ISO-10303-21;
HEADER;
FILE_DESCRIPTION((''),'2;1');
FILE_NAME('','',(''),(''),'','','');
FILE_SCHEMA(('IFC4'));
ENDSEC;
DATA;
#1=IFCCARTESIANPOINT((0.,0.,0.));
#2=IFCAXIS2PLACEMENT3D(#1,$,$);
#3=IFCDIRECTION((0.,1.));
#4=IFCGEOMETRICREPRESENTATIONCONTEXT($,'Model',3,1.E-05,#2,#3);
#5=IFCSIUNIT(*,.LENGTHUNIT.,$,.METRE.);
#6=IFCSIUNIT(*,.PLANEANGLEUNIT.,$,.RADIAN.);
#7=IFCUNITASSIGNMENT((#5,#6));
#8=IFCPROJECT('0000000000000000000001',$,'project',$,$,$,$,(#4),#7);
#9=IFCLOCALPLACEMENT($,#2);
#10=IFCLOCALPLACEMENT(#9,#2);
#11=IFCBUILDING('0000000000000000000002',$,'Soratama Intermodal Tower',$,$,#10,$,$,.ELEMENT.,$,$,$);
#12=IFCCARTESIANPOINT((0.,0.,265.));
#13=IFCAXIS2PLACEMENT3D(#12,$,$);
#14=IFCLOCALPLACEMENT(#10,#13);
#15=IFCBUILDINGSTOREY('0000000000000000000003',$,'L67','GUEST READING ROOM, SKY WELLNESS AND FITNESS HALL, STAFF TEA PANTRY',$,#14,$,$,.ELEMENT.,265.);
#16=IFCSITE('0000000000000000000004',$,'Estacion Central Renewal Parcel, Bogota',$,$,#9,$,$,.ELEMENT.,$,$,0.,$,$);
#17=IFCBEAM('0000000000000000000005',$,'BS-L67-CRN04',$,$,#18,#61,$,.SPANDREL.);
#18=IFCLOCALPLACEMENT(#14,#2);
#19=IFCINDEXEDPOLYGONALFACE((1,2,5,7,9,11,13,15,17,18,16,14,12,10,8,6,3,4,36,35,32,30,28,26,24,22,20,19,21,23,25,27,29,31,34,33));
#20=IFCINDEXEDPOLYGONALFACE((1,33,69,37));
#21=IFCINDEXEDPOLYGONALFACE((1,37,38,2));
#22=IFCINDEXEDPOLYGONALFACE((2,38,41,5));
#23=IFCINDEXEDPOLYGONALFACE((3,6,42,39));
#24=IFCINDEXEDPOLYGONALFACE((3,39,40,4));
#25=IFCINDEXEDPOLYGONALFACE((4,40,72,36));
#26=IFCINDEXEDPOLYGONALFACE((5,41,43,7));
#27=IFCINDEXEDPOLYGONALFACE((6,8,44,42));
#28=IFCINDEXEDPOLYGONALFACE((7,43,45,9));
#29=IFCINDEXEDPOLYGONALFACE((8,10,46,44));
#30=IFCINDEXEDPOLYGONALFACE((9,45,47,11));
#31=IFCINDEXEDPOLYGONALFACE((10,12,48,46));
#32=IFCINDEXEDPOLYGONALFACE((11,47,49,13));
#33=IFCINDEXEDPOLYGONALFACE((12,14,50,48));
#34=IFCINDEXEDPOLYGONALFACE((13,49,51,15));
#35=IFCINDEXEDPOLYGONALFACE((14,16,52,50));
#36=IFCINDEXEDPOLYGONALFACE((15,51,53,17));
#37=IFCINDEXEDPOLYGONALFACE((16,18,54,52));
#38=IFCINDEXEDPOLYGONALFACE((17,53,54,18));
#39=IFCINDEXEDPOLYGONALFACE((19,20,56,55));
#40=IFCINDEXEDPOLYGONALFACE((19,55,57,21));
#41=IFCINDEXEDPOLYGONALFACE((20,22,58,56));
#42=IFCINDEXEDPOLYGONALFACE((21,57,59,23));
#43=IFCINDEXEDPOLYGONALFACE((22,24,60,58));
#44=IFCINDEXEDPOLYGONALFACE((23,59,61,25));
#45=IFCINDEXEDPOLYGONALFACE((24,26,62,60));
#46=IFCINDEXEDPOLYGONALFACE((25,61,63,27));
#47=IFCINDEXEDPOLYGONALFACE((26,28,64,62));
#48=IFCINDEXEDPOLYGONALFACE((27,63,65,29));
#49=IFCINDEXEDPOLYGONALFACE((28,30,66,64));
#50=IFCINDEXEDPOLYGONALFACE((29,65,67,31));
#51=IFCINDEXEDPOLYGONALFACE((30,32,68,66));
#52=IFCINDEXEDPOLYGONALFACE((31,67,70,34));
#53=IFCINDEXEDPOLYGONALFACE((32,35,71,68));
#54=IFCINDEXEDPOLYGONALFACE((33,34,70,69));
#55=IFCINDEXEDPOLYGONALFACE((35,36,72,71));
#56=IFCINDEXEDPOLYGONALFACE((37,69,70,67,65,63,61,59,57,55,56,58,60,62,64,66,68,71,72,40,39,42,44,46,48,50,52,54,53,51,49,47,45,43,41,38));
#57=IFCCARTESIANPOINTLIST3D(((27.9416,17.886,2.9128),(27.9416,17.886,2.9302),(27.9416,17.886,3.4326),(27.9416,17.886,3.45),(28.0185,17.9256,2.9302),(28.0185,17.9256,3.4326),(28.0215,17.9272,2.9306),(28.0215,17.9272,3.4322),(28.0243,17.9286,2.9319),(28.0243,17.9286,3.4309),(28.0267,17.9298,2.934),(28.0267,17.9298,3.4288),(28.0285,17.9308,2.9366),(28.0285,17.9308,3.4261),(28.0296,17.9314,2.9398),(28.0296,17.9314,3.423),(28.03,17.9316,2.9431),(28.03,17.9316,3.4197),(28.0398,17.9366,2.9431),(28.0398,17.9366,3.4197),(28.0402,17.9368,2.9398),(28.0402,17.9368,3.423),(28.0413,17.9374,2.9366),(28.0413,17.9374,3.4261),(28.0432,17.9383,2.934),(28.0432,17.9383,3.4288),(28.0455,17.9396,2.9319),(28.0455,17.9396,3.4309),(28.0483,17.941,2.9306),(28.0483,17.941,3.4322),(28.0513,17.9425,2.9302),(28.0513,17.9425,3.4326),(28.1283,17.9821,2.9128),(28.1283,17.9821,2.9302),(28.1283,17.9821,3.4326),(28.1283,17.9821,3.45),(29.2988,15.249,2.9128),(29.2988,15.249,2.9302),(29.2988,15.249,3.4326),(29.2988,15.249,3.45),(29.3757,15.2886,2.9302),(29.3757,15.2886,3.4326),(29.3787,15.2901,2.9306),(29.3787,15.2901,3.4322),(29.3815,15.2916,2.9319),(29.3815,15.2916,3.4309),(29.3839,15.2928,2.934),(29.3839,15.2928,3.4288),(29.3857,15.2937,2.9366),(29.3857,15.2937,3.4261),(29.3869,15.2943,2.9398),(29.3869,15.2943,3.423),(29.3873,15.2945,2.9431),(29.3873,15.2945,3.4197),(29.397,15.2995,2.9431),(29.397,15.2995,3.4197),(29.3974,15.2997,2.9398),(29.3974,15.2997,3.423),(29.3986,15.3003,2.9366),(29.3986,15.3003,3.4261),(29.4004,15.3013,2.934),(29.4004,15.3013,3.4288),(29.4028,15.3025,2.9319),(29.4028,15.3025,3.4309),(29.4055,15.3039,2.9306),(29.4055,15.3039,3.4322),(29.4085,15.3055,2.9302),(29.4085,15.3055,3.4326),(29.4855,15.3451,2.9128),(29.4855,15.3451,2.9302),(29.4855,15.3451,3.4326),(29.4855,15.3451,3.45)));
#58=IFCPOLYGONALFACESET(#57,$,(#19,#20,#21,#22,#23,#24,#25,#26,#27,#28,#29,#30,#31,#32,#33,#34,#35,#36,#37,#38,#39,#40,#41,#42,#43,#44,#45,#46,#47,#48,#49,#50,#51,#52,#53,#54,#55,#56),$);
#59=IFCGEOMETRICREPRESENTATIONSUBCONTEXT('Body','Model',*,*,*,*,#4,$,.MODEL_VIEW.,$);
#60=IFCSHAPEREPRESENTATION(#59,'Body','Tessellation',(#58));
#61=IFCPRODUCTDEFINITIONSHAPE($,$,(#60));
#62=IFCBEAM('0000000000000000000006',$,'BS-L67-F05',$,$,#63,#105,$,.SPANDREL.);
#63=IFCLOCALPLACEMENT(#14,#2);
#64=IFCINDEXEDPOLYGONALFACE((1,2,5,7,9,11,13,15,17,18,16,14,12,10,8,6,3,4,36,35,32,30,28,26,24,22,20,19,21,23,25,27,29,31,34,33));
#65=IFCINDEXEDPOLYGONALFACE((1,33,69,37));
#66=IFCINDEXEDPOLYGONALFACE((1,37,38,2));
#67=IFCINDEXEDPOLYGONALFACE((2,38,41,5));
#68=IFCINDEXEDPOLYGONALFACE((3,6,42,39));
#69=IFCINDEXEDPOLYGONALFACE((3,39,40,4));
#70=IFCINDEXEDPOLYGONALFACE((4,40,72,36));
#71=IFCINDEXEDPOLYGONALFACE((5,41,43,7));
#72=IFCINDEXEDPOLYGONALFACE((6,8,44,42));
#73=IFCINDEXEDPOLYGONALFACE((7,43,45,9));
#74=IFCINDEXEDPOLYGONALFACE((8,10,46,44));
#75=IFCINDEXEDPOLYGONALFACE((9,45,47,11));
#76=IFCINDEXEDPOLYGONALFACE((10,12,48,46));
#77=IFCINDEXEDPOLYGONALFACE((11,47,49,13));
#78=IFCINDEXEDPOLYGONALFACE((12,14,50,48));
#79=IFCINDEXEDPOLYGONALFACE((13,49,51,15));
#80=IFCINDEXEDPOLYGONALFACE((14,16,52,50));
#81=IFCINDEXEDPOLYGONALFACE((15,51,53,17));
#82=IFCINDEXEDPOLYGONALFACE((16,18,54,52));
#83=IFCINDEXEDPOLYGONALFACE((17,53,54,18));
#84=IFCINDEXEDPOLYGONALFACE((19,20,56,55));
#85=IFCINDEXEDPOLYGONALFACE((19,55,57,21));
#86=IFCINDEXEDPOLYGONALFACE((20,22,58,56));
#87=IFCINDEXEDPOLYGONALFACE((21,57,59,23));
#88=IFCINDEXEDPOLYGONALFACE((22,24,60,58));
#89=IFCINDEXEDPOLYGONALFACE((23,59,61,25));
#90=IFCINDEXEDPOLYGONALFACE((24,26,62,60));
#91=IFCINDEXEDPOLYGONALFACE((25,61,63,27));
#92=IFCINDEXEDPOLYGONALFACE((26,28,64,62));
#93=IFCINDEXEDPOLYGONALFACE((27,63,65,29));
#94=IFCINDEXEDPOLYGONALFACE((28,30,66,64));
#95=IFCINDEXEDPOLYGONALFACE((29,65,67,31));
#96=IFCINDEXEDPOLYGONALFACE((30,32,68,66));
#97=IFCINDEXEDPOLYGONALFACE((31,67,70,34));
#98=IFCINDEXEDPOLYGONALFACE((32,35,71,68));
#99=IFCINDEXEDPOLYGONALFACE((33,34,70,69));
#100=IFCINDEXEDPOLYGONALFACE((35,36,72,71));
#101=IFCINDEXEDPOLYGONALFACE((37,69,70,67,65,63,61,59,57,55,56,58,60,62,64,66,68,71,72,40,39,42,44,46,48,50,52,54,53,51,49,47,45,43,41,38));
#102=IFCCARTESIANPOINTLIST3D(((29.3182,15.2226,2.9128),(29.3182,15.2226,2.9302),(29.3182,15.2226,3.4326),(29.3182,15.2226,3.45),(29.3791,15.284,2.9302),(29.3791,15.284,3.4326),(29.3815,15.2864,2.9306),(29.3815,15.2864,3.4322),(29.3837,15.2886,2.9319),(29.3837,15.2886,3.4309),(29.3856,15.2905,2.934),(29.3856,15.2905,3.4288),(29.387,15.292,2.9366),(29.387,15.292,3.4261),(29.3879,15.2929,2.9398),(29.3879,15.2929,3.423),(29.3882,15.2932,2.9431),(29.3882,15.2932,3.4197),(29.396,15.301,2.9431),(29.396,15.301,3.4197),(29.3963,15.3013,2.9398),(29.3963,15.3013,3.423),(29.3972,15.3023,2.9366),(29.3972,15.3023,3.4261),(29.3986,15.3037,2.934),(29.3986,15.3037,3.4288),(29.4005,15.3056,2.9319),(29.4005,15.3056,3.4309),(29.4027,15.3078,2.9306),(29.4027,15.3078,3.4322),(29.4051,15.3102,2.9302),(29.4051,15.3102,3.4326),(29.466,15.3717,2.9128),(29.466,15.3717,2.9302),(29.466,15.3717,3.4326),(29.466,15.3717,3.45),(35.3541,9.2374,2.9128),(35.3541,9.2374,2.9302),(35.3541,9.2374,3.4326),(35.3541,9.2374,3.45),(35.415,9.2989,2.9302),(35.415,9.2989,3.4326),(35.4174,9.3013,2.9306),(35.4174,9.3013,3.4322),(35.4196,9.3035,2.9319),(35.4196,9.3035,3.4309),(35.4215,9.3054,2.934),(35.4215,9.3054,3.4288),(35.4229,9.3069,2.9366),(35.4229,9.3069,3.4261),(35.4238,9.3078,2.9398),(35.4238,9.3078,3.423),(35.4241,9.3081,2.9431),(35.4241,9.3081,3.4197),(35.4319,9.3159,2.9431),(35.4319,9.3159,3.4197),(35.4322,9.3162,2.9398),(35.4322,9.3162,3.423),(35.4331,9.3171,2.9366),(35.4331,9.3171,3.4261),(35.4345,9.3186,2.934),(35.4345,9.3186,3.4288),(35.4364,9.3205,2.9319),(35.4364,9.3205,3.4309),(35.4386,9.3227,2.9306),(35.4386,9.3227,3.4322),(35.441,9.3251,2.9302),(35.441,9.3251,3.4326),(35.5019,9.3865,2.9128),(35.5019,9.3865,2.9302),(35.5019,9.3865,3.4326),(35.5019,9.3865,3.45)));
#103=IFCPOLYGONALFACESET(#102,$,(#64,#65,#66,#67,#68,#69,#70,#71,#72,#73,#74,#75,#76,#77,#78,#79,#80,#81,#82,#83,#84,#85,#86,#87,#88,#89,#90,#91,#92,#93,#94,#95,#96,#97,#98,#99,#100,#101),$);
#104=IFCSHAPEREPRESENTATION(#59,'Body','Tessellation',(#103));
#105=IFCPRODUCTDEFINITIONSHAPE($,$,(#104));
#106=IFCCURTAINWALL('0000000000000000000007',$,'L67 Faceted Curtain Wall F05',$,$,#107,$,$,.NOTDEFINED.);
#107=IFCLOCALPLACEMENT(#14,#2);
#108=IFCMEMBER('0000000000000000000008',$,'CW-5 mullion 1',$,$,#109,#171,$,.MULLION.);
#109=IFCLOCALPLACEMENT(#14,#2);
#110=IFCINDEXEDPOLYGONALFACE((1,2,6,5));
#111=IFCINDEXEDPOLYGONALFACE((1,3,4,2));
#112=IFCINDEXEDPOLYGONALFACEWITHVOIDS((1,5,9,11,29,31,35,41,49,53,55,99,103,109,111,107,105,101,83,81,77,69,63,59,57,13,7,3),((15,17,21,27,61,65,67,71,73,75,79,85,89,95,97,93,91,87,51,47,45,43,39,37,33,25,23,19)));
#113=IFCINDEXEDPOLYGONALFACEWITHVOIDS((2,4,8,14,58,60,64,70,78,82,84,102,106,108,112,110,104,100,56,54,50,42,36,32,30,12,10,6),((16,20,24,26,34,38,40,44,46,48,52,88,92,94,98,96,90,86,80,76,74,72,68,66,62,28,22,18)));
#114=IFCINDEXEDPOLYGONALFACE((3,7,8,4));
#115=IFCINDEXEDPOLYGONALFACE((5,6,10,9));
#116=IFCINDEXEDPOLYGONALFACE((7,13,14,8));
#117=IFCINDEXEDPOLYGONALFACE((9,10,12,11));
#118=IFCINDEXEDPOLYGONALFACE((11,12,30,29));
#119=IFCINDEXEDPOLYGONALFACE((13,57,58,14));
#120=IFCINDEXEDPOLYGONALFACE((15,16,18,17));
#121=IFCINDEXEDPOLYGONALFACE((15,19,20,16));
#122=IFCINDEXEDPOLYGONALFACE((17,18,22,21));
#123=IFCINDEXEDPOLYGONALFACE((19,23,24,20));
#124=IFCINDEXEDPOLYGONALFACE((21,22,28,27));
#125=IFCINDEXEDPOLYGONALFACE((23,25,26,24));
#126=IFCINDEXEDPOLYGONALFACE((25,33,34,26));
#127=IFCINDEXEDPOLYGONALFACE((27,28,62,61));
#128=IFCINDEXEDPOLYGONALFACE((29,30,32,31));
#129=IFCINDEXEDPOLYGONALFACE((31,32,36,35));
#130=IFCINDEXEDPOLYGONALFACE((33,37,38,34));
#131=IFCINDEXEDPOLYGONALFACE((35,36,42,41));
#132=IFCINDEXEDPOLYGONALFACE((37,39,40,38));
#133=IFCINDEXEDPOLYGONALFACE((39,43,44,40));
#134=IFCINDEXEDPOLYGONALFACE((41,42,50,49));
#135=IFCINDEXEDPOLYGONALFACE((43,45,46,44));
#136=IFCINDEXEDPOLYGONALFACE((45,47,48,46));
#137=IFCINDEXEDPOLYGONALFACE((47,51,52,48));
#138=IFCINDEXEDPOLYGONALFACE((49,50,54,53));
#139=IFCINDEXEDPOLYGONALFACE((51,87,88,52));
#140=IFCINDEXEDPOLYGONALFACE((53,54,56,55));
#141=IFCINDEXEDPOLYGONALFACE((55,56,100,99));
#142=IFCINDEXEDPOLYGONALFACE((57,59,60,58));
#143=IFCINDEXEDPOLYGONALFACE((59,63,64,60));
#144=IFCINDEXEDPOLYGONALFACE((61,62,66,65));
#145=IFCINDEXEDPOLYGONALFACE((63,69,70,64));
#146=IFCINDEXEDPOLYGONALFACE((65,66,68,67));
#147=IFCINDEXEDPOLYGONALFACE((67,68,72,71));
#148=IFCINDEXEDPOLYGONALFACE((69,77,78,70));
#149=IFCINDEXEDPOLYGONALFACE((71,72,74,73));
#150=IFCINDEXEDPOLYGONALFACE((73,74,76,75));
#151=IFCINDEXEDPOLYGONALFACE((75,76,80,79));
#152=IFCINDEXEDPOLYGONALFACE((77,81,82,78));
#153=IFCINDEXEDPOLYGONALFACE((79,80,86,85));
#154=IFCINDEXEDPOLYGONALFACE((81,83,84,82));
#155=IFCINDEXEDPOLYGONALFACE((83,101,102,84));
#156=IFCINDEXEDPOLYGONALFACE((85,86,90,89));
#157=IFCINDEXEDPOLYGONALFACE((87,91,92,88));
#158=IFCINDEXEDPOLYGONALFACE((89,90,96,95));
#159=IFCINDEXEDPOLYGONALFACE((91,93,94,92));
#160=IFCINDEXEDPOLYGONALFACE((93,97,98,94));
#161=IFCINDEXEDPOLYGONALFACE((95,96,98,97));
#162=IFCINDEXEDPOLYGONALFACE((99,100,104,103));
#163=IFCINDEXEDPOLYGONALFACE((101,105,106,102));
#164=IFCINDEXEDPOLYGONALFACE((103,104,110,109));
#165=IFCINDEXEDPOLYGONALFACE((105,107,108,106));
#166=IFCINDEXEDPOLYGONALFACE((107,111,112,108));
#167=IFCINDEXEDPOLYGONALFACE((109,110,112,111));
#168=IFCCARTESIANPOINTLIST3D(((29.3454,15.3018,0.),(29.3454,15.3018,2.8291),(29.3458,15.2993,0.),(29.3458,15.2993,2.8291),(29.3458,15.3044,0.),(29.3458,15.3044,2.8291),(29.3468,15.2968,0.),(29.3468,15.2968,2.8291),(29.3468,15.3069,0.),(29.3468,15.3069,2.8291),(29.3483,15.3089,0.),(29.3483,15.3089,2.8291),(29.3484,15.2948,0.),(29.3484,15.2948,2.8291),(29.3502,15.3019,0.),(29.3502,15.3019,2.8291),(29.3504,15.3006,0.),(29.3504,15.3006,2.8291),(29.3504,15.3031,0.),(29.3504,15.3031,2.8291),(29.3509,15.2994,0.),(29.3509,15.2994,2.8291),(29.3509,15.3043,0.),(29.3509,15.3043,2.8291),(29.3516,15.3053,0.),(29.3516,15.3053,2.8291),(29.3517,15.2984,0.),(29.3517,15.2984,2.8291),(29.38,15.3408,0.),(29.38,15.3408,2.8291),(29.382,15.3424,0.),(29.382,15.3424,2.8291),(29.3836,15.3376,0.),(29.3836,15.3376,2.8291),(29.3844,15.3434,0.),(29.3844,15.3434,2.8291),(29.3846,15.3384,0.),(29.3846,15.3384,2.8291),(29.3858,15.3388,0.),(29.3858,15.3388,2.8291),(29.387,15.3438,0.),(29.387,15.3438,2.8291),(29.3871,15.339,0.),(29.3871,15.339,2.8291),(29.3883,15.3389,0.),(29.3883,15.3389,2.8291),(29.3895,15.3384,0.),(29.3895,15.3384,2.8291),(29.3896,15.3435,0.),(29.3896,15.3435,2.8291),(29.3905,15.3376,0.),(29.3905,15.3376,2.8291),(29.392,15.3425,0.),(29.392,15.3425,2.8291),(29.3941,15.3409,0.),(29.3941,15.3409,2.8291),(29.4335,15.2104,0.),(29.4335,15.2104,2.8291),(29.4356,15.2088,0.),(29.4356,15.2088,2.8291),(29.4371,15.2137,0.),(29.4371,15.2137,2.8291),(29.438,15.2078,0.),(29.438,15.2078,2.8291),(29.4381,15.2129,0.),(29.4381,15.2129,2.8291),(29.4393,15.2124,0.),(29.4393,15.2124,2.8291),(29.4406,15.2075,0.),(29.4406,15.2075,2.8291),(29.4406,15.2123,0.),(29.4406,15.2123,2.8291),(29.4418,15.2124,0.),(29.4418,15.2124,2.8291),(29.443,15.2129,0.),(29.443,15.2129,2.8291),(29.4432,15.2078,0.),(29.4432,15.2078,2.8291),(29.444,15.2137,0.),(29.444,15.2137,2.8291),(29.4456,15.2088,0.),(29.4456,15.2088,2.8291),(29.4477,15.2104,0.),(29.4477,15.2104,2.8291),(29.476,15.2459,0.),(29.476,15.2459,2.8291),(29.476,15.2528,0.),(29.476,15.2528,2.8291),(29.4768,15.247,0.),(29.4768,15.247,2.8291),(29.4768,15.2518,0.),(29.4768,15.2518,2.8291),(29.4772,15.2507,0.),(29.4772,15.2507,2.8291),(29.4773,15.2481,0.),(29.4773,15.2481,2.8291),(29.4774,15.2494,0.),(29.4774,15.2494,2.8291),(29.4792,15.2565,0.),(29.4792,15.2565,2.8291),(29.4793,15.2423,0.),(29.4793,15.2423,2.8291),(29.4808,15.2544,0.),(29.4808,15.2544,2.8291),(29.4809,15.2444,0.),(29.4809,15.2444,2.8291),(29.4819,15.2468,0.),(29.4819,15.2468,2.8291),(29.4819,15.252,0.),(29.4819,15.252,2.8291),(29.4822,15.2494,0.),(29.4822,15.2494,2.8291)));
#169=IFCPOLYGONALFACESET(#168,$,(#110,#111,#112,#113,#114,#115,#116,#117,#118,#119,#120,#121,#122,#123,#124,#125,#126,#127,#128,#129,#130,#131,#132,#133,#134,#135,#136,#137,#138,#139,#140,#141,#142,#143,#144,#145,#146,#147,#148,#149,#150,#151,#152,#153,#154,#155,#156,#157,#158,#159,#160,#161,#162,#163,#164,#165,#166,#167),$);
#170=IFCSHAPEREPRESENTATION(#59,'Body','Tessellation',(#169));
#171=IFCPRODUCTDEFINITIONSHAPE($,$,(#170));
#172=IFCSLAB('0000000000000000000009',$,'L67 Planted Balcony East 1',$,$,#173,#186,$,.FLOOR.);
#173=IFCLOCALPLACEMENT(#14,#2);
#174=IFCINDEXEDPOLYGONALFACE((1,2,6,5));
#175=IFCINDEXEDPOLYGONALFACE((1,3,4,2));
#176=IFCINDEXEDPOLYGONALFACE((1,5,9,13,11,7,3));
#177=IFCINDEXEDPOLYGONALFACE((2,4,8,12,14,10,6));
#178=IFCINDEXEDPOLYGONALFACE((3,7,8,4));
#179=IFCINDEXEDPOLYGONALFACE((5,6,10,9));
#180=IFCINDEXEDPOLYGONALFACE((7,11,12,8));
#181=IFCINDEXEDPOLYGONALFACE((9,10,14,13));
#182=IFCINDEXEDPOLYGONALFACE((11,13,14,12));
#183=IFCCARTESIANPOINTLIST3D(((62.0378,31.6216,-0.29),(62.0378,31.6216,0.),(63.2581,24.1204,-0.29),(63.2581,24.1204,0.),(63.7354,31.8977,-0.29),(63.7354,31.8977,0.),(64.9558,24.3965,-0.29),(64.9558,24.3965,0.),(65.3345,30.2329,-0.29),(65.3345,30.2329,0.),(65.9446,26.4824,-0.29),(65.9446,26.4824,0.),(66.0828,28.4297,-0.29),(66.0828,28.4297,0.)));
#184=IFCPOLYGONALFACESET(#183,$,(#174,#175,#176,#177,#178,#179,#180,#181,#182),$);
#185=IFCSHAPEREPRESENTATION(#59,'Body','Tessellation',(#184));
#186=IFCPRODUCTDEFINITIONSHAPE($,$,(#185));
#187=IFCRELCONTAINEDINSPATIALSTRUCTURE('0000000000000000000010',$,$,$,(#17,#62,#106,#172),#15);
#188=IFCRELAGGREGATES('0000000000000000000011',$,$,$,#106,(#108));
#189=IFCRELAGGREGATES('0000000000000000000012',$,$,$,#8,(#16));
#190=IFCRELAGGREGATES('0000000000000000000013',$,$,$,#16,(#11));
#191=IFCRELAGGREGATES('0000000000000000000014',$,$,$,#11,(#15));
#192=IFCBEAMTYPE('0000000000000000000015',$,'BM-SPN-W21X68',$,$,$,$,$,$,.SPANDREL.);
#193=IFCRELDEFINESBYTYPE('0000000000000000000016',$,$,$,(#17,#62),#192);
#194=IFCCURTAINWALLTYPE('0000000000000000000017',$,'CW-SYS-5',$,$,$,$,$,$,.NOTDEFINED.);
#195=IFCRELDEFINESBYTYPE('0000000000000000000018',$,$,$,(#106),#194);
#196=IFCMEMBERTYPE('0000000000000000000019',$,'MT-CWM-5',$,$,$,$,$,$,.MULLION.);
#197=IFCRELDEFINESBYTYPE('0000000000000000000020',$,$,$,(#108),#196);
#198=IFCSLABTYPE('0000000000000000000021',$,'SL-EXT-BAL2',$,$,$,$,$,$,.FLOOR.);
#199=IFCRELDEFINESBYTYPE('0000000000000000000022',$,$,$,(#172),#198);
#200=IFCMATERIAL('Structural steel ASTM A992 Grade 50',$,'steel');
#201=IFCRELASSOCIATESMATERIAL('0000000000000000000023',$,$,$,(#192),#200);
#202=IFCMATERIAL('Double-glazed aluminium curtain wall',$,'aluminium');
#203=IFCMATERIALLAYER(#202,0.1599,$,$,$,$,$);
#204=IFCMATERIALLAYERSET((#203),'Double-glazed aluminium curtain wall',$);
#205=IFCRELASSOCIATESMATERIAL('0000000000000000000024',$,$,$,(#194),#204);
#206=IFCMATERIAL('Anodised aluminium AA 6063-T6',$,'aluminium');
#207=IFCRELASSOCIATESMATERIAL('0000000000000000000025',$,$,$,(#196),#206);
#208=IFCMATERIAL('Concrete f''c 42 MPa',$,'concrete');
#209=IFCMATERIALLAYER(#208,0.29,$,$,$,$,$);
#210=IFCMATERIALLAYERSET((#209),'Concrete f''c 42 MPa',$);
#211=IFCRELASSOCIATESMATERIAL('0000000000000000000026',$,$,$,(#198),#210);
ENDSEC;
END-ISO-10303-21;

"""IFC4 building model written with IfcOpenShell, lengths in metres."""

from ifc_helpers import new_model, si_unit, direction, frame, origin, origin_2d, place, context, subcontext, project, spatial, polyline, hollow_rectangle, i_section, outline, extrude, material, layer, layer_set, material_profile, profile_set, type_object, element, aggregate, save


model = new_model("IFC4")

# Units and contexts
model_context = context("Model", 3, precision=1e-05, world=origin(), true_north=direction((0.0, 1.0)))
body_context = subcontext(model_context, "Body", "Model", "MODEL_VIEW")
ifc_project = project(units=[si_unit("LENGTHUNIT", "METRE"), si_unit("PLANEANGLEUNIT", "RADIAN")], contexts=[model_context])

# Site, building, storey
site_placement = place(None, origin())
site = spatial("IfcSite", under=ifc_project, at=site_placement, Name="Estacion Central Renewal Parcel, Bogota", CompositionType="ELEMENT", RefElevation=0.0)
building_placement = place(site_placement, origin())
building = spatial("IfcBuilding", under=site, at=building_placement, Name="Soratama Intermodal Tower", CompositionType="ELEMENT")
storey_placement = place(building_placement, frame((0.0, 0.0, 265.0)))
storey = spatial("IfcBuildingStorey", under=building, at=storey_placement, Name="L67", Description="GUEST READING ROOM, SKY WELLNESS AND FITNESS HALL, STAFF TEA PANTRY", CompositionType="ELEMENT", Elevation=265.0)

# Beams
ifc_material_1 = material(Name="Structural steel ASTM A992 Grade 50", Category="steel")
ifc_material_profile_1 = material_profile(ifc_material_1, i_section(OverallWidth=0.21, OverallDepth=0.5371, WebThickness=0.011, FlangeThickness=0.0173, FilletRadius=0.0129, at=origin_2d()), Name="W21X68")
ifc_profile_set_1 = profile_set([ifc_material_profile_1], Name="Structural steel ASTM A992 Grade 50")
beam_type_1 = type_object("IfcBeamType", Name="BM-SPN-W21X68", PredefinedType="SPANDREL", material=ifc_profile_set_1)
beam_1_placement = place(storey_placement, frame((28.0349, 17.9341, 3.1814), z_axis=(0.457621, -0.889147, 0.0), x_axis=(0.889147, 0.457621, 0.0)))
element("IfcBeam", 1, at=beam_1_placement, inside=storey, type_object=beam_type_1, Name="BS-L67-CRN04", PredefinedType="SPANDREL", context=body_context, shape_type="SweptSolid", body=[
    extrude(i_section(OverallWidth=0.21, OverallDepth=0.5371, WebThickness=0.011, FlangeThickness=0.0173, FilletRadius=0.0129, at=origin_2d()), origin(), (0.0, 0.0, 1.0), 2.9658),
])
beam_2_placement = place(storey_placement, frame((29.3921, 15.2971, 3.1814), z_axis=(0.710088, -0.704113, 0.0), x_axis=(0.704113, 0.710088, 0.0)))
element("IfcBeam", 2, at=beam_2_placement, inside=storey, type_object=beam_type_1, Name="BS-L67-F05", PredefinedType="SPANDREL", context=body_context, shape_type="SweptSolid", body=[
    extrude(i_section(OverallWidth=0.21, OverallDepth=0.5371, WebThickness=0.011, FlangeThickness=0.0173, FilletRadius=0.0129, at=origin_2d()), origin(), (0.0, 0.0, 1.0), 8.5002),
])

# Curtain wall, member
ifc_material_2 = material(Name="Double-glazed aluminium curtain wall", Category="aluminium")
ifc_layer_1 = layer(ifc_material_2, 0.1599)
ifc_layer_set_1 = layer_set([ifc_layer_1], Name="Double-glazed aluminium curtain wall")
curtain_wall_type = type_object("IfcCurtainWallType", Name="CW-SYS-5", PredefinedType="NOTDEFINED", material=ifc_layer_set_1)
curtain_wall_placement = place(storey_placement, origin())
curtain_wall = element("IfcCurtainWall", 3, at=curtain_wall_placement, inside=storey, type_object=curtain_wall_type, Name="L67 Faceted Curtain Wall F05", PredefinedType="NOTDEFINED")
ifc_material_3 = material(Name="Anodised aluminium AA 6063-T6", Category="aluminium")
ifc_material_profile_2 = material_profile(ifc_material_3, hollow_rectangle(XDim=0.0649, YDim=0.1399, WallThickness=0.0049, InnerFilletRadius=0.0049, OuterFilletRadius=0.01, at=origin_2d()), Name="CWM140X65X5")
ifc_profile_set_2 = profile_set([ifc_material_profile_2], Name="Anodised aluminium AA 6063-T6")
member_type = type_object("IfcMemberType", Name="MT-CWM-5", PredefinedType="MULLION", material=ifc_profile_set_2)
member_placement = place(storey_placement, frame((29.4138, 15.2756, 0.0), z_axis=(0.0, 0.0, 1.0), x_axis=(0.704136, 0.710065, 0.0)))
member = element("IfcMember", 4, at=member_placement, type_object=member_type, Name="CW-5 mullion 1", PredefinedType="MULLION", context=body_context, shape_type="SweptSolid", body=[
    extrude(hollow_rectangle(XDim=0.0649, YDim=0.1399, WallThickness=0.0049, InnerFilletRadius=0.0049, OuterFilletRadius=0.01, at=origin_2d()), origin(), (0.0, 0.0, 1.0), 2.8291),
])
aggregate(curtain_wall, [member])

# Slab
ifc_material_4 = material(Name="Concrete f'c 42 MPa", Category="concrete")
ifc_layer_2 = layer(ifc_material_4, 0.29)
ifc_layer_set_2 = layer_set([ifc_layer_2], Name="Concrete f'c 42 MPa")
slab_type_1 = type_object("IfcSlabType", Name="SL-EXT-BAL2", PredefinedType="FLOOR", material=ifc_layer_set_2)
slab_1_placement = place(storey_placement, frame((0.0, 0.0, -0.29)))
element("IfcSlab", 5, at=slab_1_placement, inside=storey, type_object=slab_type_1, Name="L67 Planted Balcony East 1", PredefinedType="FLOOR", context=body_context, shape_type="SweptSolid", body=[
    extrude(outline(polyline([(63.2581, 24.1204), (62.0378, 31.6216), (63.7354, 31.8977), (65.3345, 30.2329), (66.0828, 28.4297), (65.9446, 26.4824), (64.9558, 24.3965), (63.2581, 24.1204)])), origin(), (0.0, 0.0, 1.0), 0.29),
])

save(model, "model.ifc")
